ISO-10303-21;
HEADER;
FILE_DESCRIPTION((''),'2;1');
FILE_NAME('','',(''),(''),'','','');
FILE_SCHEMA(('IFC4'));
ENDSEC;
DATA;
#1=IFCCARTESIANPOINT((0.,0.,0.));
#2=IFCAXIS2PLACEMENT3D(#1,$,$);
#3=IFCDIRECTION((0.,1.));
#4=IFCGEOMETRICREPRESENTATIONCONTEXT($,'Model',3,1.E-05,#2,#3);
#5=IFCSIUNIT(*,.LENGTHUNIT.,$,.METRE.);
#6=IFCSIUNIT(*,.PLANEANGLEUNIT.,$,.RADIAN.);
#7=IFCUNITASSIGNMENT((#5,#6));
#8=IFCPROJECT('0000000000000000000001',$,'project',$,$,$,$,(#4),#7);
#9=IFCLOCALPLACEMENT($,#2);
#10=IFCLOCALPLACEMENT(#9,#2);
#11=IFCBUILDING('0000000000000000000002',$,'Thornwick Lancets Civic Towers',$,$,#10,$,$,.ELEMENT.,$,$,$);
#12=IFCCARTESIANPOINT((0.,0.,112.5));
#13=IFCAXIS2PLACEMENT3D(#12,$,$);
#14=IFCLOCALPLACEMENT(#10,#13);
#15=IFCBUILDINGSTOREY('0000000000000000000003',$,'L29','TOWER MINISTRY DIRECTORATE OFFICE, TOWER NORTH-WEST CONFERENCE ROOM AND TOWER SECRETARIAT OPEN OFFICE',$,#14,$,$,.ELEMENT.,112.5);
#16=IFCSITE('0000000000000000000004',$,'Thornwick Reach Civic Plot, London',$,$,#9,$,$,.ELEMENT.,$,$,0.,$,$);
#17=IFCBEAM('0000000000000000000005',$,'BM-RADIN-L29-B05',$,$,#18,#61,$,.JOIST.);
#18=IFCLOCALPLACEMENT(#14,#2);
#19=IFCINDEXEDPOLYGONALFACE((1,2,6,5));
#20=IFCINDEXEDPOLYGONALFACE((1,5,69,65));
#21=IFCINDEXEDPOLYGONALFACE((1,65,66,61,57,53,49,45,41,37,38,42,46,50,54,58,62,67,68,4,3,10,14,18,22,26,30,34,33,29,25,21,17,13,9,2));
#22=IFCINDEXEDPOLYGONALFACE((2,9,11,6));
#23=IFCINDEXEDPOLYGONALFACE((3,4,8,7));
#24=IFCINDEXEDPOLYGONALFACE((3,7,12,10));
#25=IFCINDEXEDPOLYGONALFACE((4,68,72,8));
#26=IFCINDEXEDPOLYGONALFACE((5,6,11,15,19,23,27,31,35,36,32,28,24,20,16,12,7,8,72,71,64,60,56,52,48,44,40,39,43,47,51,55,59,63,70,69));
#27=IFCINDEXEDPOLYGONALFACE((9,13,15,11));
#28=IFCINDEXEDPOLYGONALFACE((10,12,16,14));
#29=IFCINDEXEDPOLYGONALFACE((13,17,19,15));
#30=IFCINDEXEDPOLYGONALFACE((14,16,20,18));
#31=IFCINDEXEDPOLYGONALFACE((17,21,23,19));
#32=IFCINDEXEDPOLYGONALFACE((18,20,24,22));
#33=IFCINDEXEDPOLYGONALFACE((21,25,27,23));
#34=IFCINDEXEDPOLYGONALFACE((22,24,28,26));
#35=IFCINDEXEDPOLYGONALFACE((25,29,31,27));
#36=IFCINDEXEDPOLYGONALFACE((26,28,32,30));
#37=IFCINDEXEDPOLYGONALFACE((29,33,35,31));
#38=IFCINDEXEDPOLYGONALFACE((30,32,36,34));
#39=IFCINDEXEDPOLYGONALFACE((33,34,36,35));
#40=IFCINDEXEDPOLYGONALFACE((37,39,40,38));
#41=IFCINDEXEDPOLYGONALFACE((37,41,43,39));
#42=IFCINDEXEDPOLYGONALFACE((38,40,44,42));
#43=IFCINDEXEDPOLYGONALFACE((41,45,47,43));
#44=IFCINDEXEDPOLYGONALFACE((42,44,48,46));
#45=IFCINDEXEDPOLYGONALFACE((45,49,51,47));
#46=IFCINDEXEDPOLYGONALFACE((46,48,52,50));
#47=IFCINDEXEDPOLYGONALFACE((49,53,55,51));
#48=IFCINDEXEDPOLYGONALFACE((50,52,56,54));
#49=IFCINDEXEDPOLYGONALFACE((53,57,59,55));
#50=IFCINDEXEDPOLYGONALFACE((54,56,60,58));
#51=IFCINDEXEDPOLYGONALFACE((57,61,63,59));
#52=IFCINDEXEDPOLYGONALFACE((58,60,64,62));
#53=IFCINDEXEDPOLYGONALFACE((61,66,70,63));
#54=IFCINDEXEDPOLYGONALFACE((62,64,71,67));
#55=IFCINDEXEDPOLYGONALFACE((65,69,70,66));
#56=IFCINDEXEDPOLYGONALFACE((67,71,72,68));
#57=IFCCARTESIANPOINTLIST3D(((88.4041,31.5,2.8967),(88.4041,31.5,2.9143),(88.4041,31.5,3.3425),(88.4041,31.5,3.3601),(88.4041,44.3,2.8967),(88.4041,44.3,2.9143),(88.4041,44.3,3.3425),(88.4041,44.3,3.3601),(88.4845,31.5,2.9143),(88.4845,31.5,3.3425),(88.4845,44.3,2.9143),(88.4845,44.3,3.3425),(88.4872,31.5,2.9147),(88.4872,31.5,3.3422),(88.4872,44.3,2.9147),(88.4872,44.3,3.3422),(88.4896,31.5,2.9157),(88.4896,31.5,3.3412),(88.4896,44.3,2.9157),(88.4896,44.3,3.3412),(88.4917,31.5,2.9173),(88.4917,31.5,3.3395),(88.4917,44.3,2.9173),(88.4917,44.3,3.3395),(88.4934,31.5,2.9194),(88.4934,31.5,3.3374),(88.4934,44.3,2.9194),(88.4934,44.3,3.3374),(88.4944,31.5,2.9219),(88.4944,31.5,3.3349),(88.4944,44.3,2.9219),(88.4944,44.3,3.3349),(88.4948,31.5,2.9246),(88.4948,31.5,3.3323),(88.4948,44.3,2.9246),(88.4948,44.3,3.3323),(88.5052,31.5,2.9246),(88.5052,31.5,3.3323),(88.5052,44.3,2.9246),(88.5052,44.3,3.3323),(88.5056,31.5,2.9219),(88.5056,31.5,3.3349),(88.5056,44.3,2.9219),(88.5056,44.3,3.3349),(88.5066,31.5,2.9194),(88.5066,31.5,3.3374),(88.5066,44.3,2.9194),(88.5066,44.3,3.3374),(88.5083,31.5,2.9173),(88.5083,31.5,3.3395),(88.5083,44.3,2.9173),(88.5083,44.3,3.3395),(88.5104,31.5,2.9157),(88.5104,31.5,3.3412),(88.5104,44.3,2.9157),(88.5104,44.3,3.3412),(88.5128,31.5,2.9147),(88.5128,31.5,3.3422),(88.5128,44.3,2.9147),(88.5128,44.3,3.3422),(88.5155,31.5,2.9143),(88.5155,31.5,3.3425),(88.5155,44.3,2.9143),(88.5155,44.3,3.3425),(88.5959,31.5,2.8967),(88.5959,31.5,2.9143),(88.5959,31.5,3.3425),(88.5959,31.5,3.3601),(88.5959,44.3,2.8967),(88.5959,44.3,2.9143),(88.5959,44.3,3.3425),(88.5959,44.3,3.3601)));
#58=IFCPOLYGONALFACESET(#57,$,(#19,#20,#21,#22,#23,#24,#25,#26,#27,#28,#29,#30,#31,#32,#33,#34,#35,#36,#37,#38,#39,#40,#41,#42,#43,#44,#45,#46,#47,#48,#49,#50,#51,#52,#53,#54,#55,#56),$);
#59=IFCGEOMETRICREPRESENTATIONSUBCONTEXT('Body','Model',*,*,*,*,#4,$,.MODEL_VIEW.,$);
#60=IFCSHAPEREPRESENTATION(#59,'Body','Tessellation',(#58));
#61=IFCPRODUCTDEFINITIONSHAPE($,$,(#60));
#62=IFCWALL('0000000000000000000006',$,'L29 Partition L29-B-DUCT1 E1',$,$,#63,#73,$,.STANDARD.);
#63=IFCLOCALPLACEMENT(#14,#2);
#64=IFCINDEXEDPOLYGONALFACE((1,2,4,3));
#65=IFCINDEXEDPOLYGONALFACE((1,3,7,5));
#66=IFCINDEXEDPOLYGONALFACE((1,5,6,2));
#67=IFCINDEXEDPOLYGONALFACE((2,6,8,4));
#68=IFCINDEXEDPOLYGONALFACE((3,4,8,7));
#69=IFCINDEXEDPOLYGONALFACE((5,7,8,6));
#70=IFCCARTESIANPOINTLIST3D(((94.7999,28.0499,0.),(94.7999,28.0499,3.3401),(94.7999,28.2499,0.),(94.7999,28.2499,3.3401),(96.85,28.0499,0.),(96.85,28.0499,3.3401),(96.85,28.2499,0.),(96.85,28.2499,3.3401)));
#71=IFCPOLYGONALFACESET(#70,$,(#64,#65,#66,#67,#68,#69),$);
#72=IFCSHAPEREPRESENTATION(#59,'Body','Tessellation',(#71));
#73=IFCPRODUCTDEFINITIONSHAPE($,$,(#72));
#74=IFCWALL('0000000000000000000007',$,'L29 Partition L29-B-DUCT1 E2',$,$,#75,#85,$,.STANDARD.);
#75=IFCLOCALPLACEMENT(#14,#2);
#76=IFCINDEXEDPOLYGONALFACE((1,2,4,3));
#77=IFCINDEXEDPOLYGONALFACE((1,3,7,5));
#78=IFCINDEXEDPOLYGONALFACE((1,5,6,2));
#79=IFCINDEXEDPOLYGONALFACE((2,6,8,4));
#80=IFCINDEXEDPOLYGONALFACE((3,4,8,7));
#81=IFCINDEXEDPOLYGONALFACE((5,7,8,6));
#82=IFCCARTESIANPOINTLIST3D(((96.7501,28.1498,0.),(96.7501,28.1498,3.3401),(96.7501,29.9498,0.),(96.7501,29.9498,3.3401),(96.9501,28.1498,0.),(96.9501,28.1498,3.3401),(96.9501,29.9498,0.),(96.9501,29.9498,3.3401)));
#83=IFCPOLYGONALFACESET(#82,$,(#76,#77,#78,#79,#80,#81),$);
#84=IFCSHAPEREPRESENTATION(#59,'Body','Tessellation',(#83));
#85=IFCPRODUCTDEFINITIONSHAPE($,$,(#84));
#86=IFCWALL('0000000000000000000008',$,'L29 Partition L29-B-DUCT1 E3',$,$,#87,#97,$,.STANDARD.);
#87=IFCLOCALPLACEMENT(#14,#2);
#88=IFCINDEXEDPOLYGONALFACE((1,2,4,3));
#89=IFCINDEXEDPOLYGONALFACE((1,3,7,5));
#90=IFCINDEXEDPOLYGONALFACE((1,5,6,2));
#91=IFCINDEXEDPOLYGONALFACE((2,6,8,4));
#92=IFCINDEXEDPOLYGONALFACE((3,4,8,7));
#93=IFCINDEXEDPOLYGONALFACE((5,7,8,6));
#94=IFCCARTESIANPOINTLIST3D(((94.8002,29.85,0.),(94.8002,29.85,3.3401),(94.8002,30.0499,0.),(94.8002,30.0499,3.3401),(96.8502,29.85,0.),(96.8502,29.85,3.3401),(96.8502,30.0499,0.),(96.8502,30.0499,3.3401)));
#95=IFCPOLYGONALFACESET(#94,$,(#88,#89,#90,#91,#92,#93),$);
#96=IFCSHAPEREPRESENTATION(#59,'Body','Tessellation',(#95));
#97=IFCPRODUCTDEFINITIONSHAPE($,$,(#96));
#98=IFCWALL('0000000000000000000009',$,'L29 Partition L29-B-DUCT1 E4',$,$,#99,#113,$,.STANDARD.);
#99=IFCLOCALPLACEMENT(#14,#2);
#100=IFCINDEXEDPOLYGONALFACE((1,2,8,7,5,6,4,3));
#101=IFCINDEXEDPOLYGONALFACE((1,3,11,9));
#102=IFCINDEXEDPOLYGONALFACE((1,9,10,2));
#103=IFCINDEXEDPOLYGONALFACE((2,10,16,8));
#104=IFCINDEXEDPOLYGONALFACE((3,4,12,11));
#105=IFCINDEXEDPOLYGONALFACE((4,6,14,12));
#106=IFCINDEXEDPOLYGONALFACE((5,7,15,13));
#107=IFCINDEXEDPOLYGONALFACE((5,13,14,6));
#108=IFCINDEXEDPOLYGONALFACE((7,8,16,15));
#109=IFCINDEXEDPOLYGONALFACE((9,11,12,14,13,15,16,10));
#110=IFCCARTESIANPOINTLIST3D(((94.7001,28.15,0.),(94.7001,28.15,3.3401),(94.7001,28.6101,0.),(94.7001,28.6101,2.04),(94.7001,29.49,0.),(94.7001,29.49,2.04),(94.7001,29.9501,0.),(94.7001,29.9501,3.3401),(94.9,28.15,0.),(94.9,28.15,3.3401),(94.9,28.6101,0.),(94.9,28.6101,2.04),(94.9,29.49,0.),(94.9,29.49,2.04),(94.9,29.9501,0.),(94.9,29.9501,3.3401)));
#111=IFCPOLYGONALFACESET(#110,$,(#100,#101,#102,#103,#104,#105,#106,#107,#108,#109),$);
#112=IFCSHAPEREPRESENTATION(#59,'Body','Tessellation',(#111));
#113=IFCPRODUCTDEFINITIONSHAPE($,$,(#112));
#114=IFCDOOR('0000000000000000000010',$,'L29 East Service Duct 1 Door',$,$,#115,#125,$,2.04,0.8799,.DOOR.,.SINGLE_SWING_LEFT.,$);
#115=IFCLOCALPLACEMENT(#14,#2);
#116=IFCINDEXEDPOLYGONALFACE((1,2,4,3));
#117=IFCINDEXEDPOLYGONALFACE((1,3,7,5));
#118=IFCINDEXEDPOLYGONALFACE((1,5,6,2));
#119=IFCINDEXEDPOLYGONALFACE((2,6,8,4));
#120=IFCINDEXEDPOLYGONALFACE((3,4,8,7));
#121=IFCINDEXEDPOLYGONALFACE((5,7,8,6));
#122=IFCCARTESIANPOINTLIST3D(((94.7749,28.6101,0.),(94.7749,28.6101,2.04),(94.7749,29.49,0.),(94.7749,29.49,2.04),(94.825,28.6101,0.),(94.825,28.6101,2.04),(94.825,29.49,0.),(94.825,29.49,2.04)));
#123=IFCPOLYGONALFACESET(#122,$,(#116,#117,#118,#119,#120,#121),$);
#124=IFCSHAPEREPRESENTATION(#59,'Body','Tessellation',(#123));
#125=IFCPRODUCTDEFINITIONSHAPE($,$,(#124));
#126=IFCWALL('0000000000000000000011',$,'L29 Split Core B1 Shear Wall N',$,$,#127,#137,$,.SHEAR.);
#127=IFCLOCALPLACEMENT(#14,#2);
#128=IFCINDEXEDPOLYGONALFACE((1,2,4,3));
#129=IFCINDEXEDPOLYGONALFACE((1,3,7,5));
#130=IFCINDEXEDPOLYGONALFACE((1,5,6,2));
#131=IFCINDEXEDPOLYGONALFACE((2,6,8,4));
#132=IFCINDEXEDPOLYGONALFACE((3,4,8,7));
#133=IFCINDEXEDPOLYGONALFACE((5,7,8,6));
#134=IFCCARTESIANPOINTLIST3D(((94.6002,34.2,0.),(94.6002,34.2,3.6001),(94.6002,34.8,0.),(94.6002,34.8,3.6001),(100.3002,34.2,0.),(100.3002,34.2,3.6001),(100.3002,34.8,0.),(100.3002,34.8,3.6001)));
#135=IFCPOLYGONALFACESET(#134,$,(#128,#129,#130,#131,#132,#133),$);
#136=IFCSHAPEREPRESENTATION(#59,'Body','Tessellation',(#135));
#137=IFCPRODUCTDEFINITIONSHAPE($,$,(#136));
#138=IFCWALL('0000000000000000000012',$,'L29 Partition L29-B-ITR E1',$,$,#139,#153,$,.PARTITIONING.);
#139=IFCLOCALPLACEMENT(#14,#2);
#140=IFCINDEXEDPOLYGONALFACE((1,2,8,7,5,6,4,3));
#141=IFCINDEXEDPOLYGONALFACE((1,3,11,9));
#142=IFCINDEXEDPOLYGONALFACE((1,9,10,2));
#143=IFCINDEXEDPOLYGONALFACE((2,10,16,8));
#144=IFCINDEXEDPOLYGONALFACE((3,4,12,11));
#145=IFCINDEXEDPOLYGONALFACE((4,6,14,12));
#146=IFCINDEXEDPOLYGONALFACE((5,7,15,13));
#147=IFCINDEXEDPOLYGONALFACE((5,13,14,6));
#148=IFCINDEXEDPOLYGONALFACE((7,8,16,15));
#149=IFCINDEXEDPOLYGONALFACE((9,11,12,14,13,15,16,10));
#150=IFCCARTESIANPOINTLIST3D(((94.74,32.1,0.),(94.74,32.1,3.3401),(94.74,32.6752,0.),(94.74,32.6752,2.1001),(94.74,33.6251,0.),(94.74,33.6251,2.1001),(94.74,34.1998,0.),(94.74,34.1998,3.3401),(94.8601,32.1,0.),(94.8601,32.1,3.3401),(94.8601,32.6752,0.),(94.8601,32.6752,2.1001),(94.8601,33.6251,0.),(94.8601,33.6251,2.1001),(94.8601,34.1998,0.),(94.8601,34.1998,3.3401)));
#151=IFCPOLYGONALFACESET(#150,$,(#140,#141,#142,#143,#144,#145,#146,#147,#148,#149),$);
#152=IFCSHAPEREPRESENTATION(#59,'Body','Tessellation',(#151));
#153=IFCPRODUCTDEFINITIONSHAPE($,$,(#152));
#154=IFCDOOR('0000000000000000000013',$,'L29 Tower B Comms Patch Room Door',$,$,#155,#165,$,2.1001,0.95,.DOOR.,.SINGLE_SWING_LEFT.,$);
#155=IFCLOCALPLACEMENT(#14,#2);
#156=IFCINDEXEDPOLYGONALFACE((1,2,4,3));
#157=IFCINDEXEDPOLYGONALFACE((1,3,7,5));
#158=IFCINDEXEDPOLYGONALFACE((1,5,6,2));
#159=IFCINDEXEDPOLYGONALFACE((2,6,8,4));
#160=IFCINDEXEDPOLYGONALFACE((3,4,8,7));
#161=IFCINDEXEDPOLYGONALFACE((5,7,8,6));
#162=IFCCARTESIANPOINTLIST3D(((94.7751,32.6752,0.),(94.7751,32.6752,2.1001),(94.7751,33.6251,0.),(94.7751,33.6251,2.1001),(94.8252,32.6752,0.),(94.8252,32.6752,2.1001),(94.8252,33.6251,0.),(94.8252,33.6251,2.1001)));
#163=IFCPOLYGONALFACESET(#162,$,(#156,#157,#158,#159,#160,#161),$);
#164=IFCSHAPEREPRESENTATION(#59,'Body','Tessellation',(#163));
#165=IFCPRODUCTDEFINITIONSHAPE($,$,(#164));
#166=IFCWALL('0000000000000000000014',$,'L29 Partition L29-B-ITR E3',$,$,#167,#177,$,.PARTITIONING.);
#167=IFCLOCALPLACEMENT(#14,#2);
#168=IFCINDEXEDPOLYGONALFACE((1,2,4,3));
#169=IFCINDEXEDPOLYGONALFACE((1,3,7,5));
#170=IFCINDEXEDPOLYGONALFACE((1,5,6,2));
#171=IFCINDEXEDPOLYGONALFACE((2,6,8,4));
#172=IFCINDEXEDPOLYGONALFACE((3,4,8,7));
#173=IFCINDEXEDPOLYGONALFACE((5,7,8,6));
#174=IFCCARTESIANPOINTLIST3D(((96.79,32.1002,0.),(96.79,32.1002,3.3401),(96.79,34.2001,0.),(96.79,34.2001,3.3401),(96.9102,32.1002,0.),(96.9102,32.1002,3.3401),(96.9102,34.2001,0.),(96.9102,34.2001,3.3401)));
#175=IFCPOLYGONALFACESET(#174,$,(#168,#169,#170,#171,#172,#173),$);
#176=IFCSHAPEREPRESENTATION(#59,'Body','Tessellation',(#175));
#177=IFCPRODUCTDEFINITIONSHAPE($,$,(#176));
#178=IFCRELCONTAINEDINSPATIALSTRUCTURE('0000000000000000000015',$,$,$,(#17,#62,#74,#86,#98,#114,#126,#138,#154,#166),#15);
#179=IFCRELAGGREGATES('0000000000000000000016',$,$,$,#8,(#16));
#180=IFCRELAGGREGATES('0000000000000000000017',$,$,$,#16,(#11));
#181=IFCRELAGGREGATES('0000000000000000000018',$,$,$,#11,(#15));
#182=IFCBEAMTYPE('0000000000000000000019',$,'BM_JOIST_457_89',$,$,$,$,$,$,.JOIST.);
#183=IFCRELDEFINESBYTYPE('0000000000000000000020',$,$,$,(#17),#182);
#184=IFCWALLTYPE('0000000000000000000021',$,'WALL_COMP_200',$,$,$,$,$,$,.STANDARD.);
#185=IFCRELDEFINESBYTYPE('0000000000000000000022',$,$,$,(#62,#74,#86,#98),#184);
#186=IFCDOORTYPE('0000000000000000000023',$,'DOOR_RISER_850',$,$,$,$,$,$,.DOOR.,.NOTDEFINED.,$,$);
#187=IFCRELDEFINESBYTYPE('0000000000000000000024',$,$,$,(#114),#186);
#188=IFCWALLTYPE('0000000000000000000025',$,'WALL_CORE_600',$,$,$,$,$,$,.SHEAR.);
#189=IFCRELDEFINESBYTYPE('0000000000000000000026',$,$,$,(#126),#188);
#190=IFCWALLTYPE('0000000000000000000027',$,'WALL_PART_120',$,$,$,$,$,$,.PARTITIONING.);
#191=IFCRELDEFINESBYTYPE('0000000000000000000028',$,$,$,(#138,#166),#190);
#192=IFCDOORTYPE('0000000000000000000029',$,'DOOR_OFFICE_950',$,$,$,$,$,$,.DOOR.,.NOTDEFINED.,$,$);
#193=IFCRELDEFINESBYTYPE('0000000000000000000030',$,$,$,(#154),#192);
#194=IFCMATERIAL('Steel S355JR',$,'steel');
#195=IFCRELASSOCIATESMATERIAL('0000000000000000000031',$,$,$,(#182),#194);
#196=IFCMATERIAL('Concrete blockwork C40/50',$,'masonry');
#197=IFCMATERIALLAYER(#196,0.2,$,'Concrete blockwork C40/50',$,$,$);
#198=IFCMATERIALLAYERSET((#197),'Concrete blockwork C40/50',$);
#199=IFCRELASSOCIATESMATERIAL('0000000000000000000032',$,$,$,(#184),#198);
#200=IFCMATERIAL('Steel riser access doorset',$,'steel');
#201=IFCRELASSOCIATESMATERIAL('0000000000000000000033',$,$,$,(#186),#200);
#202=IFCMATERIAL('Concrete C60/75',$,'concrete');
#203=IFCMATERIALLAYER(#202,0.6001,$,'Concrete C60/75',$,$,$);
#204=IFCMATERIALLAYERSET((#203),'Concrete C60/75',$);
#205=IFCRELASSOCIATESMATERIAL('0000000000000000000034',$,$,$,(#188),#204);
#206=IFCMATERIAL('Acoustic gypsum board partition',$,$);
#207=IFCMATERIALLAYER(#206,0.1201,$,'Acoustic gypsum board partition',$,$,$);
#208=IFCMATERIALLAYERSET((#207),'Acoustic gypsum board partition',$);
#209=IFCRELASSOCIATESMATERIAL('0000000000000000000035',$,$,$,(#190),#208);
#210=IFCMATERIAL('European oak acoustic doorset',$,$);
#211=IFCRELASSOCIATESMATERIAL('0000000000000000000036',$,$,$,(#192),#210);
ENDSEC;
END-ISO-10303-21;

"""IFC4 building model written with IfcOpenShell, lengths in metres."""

from ifc_helpers import new_model, si_unit, direction, frame, frame_2d, origin, origin_2d, place, context, subcontext, project, spatial, rectangle, i_section, extrude, material, layer, layer_set, material_profile, profile_set, type_object, element, fill, save


model = new_model("IFC4")

# Units and contexts
model_context = context("Model", 3, precision=1e-05, world=origin(), true_north=direction((0.0, 1.0)))
body_context = subcontext(model_context, "Body", "Model", "MODEL_VIEW")
ifc_project = project(units=[si_unit("LENGTHUNIT", "METRE"), si_unit("PLANEANGLEUNIT", "RADIAN")], contexts=[model_context])

# Site, building, storey
site_placement = place(None, origin())
site = spatial("IfcSite", under=ifc_project, at=site_placement, Name="Thornwick Reach Civic Plot, London", CompositionType="ELEMENT", RefElevation=0.0)
building_placement = place(site_placement, origin())
building = spatial("IfcBuilding", under=site, at=building_placement, Name="Thornwick Lancets Civic Towers", CompositionType="ELEMENT")
storey_placement = place(building_placement, frame((0.0, 0.0, 112.5)))
storey = spatial("IfcBuildingStorey", under=building, at=storey_placement, Name="L29", Description="TOWER MINISTRY DIRECTORATE OFFICE, TOWER NORTH-WEST CONFERENCE ROOM AND TOWER SECRETARIAT OPEN OFFICE", CompositionType="ELEMENT", Elevation=112.5)

# Shared definitions
ifc_material_1 = material(Name="Concrete C60/75", Category="concrete")

# Beam
ifc_material_2 = material(Name="Steel S355JR", Category="steel")
ifc_material_profile_1 = material_profile(ifc_material_2, i_section(OverallWidth=0.1919, OverallDepth=0.4634, WebThickness=0.0105, FlangeThickness=0.0176, FilletRadius=0.0103, at=origin_2d()), Name="UKB 457x191x89")
ifc_profile_set_1 = profile_set([ifc_material_profile_1], Name="Steel S355JR")
beam_type_1 = type_object("IfcBeamType", Name="BM_JOIST_457_89", PredefinedType="JOIST", material=ifc_profile_set_1)
beam_1_placement = place(storey_placement, frame((88.5, 31.5, 3.1284), z_axis=(0.0, 1.0, 0.0), x_axis=(-1.0, 0.0, 0.0)))
element("IfcBeam", 1, at=beam_1_placement, inside=storey, type_object=beam_type_1, Name="BM-RADIN-L29-B05", PredefinedType="JOIST", context=body_context, shape_type="SweptSolid", body=[
    extrude(i_section(OverallWidth=0.1919, OverallDepth=0.4634, WebThickness=0.0105, FlangeThickness=0.0176, FilletRadius=0.0103, at=origin_2d()), origin(), (0.0, 0.0, 1.0), 12.8),
])

# Walls
ifc_material_3 = material(Name="Concrete blockwork C40/50", Category="masonry")
ifc_layer_1 = layer(ifc_material_3, 0.2, Name="Concrete blockwork C40/50")
ifc_layer_set_1 = layer_set([ifc_layer_1], Name="Concrete blockwork C40/50")
wall_type_1 = type_object("IfcWallType", Name="WALL_COMP_200", PredefinedType="STANDARD", material=ifc_layer_set_1)
wall_1_placement = place(storey_placement, frame((94.8, 28.1499, 0.0), z_axis=(0.0, 0.0, 1.0), x_axis=(1.0, 0.0, 0.0)))
element("IfcWall", 2, at=wall_1_placement, inside=storey, type_object=wall_type_1, Name="L29 Partition L29-B-DUCT1 E1", PredefinedType="STANDARD", context=body_context, shape_type="SweptSolid", body=[
    extrude(rectangle(XDim=2.05, YDim=0.2, at=frame_2d((1.0249, 0.0))), origin(), (0.0, 0.0, 1.0), 3.3401),
])
wall_2_placement = place(storey_placement, frame((96.8501, 28.1499, 0.0), z_axis=(0.0, 0.0, 1.0), x_axis=(0.0, 1.0, 0.0)))
element("IfcWall", 3, at=wall_2_placement, inside=storey, type_object=wall_type_1, Name="L29 Partition L29-B-DUCT1 E2", PredefinedType="STANDARD", context=body_context, shape_type="SweptSolid", body=[
    extrude(rectangle(XDim=1.8, YDim=0.2, at=frame_2d((0.8999, 0.0))), origin(), (0.0, 0.0, 1.0), 3.3401),
])
wall_3_placement = place(storey_placement, frame((96.8501, 29.95, 0.0), z_axis=(0.0, 0.0, 1.0), x_axis=(-1.0, 0.0, 0.0)))
element("IfcWall", 4, at=wall_3_placement, inside=storey, type_object=wall_type_1, Name="L29 Partition L29-B-DUCT1 E3", PredefinedType="STANDARD", context=body_context, shape_type="SweptSolid", body=[
    extrude(rectangle(XDim=2.05, YDim=0.2, at=frame_2d((1.0249, 0.0))), origin(), (0.0, 0.0, 1.0), 3.3401),
])

# Wall, opening, door
wall_4_placement = place(storey_placement, frame((94.8, 29.95, 0.0), z_axis=(0.0, 0.0, 1.0), x_axis=(0.0, -1.0, 0.0)))
wall_4 = element("IfcWall", 5, at=wall_4_placement, inside=storey, type_object=wall_type_1, Name="L29 Partition L29-B-DUCT1 E4", PredefinedType="STANDARD", context=body_context, shape_type="SweptSolid", body=[
    extrude(rectangle(XDim=1.8, YDim=0.2, at=frame_2d((0.8999, 0.0))), origin(), (0.0, 0.0, 1.0), 3.3401),
])
opening_1_placement = place(wall_4_placement, frame((0.46, 0.0, 0.0)))
opening_1 = element("IfcOpeningElement", 6, at=opening_1_placement, cuts=wall_4, PredefinedType="OPENING", context=body_context, shape_type="SweptSolid", body=[
    extrude(rectangle(XDim=0.8799, YDim=2.04, at=frame_2d((0.4399, 1.02))), frame((0.0, 0.1099, 0.0), z_axis=(0.0, -1.0, 0.0), x_axis=(1.0, 0.0, 0.0)), (0.0, 0.0, 1.0), 0.22),
])
ifc_material_4 = material(Name="Steel riser access doorset", Category="steel")
door_type_1 = type_object("IfcDoorType", Name="DOOR_RISER_850", OperationType="NOTDEFINED", PredefinedType="DOOR", material=ifc_material_4)
door_1_placement = place(opening_1_placement, origin())
door_1 = element("IfcDoor", 7, at=door_1_placement, inside=storey, type_object=door_type_1, Name="L29 East Service Duct 1 Door", OperationType="SINGLE_SWING_LEFT", OverallHeight=2.04, OverallWidth=0.8799, PredefinedType="DOOR", context=body_context, shape_type="SweptSolid", body=[
    extrude(rectangle(XDim=0.8799, YDim=2.04, at=frame_2d((0.4399, 1.02))), frame((0.0, 0.0249, 0.0), z_axis=(0.0, -1.0, 0.0), x_axis=(1.0, 0.0, 0.0)), (0.0, 0.0, 1.0), 0.05),
])
fill(opening_1, door_1)

# Wall
ifc_layer_2 = layer(ifc_material_1, 0.6001, Name="Concrete C60/75")
ifc_layer_set_2 = layer_set([ifc_layer_2], Name="Concrete C60/75")
wall_type_2 = type_object("IfcWallType", Name="WALL_CORE_600", PredefinedType="SHEAR", material=ifc_layer_set_2)
wall_5_placement = place(storey_placement, frame((94.6001, 34.5, 0.0), z_axis=(0.0, 0.0, 1.0), x_axis=(1.0, 0.0, 0.0)))
element("IfcWall", 8, at=wall_5_placement, inside=storey, type_object=wall_type_2, Name="L29 Split Core B1 Shear Wall N", PredefinedType="SHEAR", context=body_context, shape_type="SweptSolid", body=[
    extrude(rectangle(XDim=5.7, YDim=0.6001, at=frame_2d((2.8501, 0.0))), origin(), (0.0, 0.0, 1.0), 3.6001),
])

# Wall, opening, door
ifc_material_5 = material(Name="Acoustic gypsum board partition")
ifc_layer_3 = layer(ifc_material_5, 0.1201, Name="Acoustic gypsum board partition")
ifc_layer_set_3 = layer_set([ifc_layer_3], Name="Acoustic gypsum board partition")
wall_type_3 = type_object("IfcWallType", Name="WALL_PART_120", PredefinedType="PARTITIONING", material=ifc_layer_set_3)
wall_6_placement = place(storey_placement, frame((94.8, 32.1001, 0.0), z_axis=(0.0, 0.0, 1.0), x_axis=(0.0, 1.0, 0.0)))
wall_6 = element("IfcWall", 9, at=wall_6_placement, inside=storey, type_object=wall_type_3, Name="L29 Partition L29-B-ITR E1", PredefinedType="PARTITIONING", context=body_context, shape_type="SweptSolid", body=[
    extrude(rectangle(XDim=2.0999, YDim=0.1201, at=frame_2d((1.0498, 0.0))), origin(), (0.0, 0.0, 1.0), 3.3401),
])
opening_2_placement = place(wall_6_placement, frame((0.575, 0.0, 0.0)))
opening_2 = element("IfcOpeningElement", 10, at=opening_2_placement, cuts=wall_6, PredefinedType="OPENING", context=body_context, shape_type="SweptSolid", body=[
    extrude(rectangle(XDim=0.95, YDim=2.1001, at=frame_2d((0.4751, 1.05))), frame((0.0, 0.0701, 0.0), z_axis=(0.0, -1.0, 0.0), x_axis=(1.0, 0.0, 0.0)), (0.0, 0.0, 1.0), 0.1401),
])
ifc_material_6 = material(Name="European oak acoustic doorset")
door_type_2 = type_object("IfcDoorType", Name="DOOR_OFFICE_950", OperationType="NOTDEFINED", PredefinedType="DOOR", material=ifc_material_6)
door_2_placement = place(opening_2_placement, origin())
door_2 = element("IfcDoor", 11, at=door_2_placement, inside=storey, type_object=door_type_2, Name="L29 Tower B Comms Patch Room Door", OperationType="SINGLE_SWING_LEFT", OverallHeight=2.1001, OverallWidth=0.95, PredefinedType="DOOR", context=body_context, shape_type="SweptSolid", body=[
    extrude(rectangle(XDim=0.95, YDim=2.1001, at=frame_2d((0.4751, 1.05))), frame((0.0, 0.0249, 0.0), z_axis=(0.0, -1.0, 0.0), x_axis=(1.0, 0.0, 0.0)), (0.0, 0.0, 1.0), 0.05),
])
fill(opening_2, door_2)

# Wall
wall_7_placement = place(storey_placement, frame((96.8501, 34.2, 0.0), z_axis=(0.0, 0.0, 1.0), x_axis=(0.0, -1.0, 0.0)))
element("IfcWall", 12, at=wall_7_placement, inside=storey, type_object=wall_type_3, Name="L29 Partition L29-B-ITR E3", PredefinedType="PARTITIONING", context=body_context, shape_type="SweptSolid", body=[
    extrude(rectangle(XDim=2.0999, YDim=0.1201, at=frame_2d((1.0498, 0.0))), origin(), (0.0, 0.0, 1.0), 3.3401),
])

save(model, "model.ifc")
